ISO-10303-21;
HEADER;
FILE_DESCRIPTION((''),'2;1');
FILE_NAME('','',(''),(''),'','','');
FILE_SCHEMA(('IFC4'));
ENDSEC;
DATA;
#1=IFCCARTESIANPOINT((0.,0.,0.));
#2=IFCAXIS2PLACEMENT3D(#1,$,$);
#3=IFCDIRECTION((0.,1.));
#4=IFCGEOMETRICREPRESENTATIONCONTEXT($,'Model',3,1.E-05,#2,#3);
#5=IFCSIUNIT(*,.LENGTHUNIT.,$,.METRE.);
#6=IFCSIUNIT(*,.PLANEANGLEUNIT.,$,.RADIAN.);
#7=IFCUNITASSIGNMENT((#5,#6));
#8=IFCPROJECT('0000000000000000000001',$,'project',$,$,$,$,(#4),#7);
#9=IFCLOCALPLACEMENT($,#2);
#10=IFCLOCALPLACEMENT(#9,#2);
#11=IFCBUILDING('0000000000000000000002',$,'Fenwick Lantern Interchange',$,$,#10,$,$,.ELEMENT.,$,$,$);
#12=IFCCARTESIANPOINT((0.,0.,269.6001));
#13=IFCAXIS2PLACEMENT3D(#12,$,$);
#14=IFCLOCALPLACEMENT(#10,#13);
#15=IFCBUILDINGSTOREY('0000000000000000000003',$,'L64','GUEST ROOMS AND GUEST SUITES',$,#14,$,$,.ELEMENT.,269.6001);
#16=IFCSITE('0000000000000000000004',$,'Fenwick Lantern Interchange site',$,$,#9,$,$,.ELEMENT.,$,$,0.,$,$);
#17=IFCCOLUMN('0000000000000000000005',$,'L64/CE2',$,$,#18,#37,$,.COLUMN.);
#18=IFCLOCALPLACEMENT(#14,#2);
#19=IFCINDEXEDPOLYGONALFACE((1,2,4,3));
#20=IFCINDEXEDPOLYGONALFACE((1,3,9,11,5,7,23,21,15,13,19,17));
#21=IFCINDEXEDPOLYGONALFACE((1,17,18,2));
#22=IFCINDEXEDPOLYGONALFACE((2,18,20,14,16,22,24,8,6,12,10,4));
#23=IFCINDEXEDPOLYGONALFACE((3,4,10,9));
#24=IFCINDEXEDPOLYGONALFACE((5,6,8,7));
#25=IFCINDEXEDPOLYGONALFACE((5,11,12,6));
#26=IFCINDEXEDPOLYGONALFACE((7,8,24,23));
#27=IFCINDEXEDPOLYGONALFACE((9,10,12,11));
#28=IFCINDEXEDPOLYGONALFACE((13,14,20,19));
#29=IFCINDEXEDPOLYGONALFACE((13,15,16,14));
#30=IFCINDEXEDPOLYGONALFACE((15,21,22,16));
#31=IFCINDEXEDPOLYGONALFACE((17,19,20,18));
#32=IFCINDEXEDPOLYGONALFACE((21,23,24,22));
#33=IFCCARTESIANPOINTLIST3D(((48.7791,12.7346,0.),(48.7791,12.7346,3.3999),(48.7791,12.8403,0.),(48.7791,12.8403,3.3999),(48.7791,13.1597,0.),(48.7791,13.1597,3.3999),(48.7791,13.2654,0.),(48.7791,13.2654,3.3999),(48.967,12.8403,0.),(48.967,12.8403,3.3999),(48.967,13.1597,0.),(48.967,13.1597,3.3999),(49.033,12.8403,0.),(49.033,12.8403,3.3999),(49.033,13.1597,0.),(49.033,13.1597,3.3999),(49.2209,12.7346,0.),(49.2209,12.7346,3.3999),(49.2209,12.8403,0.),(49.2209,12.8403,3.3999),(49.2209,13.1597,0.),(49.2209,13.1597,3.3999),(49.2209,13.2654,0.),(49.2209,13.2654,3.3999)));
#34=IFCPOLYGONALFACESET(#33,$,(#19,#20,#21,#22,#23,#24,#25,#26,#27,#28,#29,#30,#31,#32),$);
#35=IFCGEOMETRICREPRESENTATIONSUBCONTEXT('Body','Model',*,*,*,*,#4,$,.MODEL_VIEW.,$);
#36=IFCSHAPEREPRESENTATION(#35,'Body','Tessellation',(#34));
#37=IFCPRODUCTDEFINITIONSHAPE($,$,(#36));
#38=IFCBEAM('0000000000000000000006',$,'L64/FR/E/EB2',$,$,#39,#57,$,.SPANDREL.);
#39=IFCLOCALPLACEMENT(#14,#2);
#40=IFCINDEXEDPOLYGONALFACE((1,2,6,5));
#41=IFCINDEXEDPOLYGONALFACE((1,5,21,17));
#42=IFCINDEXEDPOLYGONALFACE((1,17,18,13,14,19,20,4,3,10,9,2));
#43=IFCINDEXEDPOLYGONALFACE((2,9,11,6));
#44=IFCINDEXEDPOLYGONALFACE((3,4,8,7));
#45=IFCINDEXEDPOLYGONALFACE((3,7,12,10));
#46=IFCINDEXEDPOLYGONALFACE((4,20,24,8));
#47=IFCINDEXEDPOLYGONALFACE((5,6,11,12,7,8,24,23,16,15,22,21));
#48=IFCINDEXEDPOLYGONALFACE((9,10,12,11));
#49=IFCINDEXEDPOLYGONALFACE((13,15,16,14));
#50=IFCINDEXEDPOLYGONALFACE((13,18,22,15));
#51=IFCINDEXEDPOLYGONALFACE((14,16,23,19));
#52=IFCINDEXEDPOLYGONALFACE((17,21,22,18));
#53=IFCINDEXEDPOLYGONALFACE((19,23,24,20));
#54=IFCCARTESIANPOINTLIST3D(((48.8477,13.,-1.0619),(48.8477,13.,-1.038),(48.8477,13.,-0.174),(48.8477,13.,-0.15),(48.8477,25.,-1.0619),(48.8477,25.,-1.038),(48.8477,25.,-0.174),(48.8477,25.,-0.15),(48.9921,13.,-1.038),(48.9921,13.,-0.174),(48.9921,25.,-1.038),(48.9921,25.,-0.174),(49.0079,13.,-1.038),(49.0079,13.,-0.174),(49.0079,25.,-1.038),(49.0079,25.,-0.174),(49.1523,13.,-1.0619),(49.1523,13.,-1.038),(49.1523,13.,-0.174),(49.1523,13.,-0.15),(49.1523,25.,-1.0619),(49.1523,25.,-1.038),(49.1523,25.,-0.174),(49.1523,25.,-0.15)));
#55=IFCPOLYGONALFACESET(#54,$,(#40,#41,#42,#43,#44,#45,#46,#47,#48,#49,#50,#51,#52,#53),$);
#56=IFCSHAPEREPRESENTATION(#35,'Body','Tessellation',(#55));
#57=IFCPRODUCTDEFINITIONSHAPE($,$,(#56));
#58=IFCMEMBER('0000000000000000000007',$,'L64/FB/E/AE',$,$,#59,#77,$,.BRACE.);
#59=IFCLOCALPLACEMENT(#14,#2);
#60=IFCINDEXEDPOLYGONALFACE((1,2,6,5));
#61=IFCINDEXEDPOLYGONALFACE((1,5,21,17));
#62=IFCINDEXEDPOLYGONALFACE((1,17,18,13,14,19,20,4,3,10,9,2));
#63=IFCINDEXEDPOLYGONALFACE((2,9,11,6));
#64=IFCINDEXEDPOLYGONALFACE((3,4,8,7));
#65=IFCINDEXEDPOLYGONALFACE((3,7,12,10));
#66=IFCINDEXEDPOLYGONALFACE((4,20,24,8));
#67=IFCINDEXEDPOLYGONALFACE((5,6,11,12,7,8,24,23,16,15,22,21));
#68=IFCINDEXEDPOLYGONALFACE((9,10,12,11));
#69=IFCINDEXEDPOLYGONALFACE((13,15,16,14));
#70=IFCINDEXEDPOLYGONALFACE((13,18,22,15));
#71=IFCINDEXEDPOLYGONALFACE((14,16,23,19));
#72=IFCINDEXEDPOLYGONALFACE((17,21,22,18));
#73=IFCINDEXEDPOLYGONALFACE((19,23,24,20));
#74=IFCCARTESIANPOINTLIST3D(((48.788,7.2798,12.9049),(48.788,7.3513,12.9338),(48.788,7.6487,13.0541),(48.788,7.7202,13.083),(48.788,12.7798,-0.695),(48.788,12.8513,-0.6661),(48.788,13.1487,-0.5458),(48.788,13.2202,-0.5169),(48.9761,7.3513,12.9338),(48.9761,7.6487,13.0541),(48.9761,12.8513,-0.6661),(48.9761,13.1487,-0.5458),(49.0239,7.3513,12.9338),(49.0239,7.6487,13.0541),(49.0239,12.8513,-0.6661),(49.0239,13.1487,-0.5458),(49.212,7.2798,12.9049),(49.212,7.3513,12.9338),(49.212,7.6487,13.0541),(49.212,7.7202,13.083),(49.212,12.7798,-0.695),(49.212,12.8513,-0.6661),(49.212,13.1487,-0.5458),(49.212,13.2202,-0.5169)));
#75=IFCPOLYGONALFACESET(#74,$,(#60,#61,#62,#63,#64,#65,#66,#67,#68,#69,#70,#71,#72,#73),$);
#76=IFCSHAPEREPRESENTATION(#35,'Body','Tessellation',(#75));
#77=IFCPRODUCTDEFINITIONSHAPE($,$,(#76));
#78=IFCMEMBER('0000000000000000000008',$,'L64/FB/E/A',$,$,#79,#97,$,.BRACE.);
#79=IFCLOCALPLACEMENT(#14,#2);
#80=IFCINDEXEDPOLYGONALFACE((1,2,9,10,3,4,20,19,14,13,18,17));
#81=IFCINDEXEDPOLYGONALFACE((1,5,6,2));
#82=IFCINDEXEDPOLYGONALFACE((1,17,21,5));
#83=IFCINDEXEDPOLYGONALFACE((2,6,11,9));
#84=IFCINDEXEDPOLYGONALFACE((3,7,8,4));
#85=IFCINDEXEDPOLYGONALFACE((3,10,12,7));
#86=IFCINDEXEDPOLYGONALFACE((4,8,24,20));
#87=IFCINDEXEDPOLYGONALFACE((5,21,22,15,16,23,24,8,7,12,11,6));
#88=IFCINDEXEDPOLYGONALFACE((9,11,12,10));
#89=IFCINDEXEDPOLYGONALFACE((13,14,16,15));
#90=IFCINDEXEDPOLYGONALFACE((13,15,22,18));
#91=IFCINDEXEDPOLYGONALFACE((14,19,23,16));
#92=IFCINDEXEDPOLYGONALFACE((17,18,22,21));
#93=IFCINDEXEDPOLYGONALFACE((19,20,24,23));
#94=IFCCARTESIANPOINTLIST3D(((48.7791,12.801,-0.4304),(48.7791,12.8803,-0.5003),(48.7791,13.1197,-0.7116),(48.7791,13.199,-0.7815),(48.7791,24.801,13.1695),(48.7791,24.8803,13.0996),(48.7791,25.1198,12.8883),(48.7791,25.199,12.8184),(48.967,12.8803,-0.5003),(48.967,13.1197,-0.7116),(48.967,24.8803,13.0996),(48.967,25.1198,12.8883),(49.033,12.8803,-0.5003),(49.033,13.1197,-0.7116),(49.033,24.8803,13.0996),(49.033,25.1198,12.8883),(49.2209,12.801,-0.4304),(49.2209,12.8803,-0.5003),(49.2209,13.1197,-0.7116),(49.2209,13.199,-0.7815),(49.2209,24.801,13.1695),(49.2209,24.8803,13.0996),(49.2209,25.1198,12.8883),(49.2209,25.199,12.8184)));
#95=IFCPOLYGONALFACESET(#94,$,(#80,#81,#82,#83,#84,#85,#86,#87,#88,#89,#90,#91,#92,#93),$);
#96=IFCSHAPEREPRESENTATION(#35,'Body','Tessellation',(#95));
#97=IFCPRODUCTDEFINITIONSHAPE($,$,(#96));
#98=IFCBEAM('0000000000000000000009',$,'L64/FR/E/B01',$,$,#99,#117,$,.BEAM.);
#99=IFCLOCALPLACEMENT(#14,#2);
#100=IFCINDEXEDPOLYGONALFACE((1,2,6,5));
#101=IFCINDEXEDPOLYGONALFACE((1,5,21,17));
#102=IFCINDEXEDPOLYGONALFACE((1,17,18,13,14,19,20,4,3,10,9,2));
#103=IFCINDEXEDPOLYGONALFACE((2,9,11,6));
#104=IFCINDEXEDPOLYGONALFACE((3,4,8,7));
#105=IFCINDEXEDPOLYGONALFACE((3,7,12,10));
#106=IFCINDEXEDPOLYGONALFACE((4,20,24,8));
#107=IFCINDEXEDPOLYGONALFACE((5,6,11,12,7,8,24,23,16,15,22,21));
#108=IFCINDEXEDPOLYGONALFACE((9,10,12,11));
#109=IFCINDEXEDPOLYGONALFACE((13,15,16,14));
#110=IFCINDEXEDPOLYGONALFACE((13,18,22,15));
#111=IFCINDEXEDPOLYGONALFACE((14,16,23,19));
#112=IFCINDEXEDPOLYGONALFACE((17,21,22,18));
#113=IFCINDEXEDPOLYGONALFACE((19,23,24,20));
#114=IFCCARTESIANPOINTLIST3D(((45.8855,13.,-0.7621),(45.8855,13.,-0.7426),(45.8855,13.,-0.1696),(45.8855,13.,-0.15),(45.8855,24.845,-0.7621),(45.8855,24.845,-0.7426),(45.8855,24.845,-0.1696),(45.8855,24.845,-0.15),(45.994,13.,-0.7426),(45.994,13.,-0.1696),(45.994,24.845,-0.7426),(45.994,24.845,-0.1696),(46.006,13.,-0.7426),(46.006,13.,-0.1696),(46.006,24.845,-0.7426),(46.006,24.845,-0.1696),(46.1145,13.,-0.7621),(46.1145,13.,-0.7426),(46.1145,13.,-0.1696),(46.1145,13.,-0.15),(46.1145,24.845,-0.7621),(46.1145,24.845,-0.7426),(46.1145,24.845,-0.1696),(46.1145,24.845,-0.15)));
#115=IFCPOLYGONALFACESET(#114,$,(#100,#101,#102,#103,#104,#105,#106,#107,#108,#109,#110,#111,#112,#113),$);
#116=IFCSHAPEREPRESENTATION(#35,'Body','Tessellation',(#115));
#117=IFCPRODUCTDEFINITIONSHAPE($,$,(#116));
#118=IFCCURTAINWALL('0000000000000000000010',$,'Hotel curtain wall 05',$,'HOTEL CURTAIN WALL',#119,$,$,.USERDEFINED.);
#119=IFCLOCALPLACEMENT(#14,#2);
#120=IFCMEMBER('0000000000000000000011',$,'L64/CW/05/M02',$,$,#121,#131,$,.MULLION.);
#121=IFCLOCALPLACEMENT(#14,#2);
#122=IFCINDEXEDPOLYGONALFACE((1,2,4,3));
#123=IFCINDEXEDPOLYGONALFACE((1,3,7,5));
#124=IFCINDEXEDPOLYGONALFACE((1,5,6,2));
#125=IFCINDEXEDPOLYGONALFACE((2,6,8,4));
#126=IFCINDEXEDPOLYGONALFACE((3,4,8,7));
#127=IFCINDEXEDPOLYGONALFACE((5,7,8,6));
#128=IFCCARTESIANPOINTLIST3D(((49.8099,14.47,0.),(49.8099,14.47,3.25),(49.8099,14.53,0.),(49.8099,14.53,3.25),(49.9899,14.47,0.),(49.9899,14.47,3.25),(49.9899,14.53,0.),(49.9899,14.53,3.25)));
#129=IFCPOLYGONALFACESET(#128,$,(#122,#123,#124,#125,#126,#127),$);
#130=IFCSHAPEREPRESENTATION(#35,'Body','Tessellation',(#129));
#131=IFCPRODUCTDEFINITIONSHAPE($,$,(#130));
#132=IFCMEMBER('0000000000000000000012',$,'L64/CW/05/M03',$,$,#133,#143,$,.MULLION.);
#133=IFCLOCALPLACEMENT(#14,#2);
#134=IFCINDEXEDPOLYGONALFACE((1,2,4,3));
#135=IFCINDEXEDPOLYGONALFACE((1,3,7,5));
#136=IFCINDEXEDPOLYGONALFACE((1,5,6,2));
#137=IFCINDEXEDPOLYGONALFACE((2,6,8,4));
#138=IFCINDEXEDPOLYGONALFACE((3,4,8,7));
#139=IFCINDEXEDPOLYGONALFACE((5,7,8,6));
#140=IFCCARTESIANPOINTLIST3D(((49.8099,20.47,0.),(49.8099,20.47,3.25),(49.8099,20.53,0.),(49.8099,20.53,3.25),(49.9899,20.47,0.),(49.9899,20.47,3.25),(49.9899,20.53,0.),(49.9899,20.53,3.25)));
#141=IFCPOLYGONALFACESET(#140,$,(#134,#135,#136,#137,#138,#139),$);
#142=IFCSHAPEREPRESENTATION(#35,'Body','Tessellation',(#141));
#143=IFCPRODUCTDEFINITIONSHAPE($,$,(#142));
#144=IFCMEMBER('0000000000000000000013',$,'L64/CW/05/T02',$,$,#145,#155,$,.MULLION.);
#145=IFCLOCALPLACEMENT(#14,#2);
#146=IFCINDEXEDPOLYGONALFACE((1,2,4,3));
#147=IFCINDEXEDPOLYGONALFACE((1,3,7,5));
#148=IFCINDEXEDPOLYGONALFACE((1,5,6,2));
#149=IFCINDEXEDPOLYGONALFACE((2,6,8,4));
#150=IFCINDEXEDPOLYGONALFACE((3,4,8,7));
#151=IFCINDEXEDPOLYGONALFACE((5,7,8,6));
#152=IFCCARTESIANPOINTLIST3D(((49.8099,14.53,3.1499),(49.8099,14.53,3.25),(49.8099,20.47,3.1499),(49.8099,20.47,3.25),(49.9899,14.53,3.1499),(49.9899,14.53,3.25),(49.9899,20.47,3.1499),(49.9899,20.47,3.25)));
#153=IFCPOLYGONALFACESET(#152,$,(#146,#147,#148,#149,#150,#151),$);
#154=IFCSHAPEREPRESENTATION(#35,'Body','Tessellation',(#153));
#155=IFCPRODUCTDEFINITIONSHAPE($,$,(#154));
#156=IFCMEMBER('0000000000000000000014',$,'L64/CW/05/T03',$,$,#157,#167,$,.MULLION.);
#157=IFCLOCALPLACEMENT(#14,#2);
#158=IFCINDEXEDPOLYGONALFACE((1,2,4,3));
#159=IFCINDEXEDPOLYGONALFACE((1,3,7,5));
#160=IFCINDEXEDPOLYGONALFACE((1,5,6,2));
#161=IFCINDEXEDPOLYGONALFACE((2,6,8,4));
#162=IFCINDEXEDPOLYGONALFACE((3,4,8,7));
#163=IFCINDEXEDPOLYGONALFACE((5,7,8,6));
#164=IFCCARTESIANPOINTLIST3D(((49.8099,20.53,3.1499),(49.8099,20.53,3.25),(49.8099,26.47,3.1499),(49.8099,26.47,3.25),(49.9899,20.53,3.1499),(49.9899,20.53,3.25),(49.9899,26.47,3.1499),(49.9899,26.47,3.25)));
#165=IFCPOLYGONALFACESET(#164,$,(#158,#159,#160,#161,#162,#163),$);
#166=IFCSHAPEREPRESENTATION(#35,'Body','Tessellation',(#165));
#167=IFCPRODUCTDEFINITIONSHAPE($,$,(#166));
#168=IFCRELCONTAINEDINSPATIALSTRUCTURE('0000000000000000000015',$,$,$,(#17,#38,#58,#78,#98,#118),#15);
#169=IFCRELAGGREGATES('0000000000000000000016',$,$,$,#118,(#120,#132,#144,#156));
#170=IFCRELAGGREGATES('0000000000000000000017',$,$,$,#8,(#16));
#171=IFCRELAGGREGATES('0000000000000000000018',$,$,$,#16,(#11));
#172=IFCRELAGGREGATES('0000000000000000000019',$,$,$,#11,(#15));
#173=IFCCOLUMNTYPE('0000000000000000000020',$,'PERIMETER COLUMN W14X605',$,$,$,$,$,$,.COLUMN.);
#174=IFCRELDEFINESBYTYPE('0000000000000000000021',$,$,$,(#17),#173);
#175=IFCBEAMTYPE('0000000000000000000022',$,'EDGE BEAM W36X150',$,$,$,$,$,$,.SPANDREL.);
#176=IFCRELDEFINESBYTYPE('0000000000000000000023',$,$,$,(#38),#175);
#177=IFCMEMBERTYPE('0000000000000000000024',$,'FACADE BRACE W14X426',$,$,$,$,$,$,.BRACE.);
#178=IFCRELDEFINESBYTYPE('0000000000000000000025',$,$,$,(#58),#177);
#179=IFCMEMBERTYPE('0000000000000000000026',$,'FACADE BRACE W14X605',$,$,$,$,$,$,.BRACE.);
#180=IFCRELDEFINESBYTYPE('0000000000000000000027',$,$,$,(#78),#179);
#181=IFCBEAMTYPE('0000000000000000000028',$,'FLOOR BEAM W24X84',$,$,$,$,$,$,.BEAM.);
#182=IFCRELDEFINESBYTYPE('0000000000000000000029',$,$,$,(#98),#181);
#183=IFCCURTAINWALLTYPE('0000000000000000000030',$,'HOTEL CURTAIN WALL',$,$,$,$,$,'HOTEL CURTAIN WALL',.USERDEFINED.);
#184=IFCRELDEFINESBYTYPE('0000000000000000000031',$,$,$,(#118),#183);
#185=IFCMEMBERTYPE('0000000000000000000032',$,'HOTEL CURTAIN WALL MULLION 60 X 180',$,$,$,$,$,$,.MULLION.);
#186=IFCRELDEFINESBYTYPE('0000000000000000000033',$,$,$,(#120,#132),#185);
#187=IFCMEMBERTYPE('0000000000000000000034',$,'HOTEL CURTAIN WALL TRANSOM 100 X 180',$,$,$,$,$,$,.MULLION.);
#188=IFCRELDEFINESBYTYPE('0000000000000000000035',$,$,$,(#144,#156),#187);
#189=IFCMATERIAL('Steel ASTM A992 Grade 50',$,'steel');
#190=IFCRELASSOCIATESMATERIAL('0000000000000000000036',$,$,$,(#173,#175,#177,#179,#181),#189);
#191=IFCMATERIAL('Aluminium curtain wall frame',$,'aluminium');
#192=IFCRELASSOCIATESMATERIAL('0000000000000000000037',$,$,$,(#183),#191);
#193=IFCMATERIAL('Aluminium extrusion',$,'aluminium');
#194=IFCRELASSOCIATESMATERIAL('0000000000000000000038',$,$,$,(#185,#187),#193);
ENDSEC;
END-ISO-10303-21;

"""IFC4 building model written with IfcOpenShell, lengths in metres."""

from ifc_helpers import new_model, si_unit, direction, frame, origin, origin_2d, place, context, subcontext, project, spatial, rectangle, i_section, extrude, material, material_profile, profile_set, type_object, element, aggregate, save


model = new_model("IFC4")

# Units and contexts
model_context = context("Model", 3, precision=1e-05, world=origin(), true_north=direction((0.0, 1.0)))
body_context = subcontext(model_context, "Body", "Model", "MODEL_VIEW")
ifc_project = project(units=[si_unit("LENGTHUNIT", "METRE"), si_unit("PLANEANGLEUNIT", "RADIAN")], contexts=[model_context])

# Site, building, storey
site_placement = place(None, origin())
site = spatial("IfcSite", under=ifc_project, at=site_placement, Name="Fenwick Lantern Interchange site", CompositionType="ELEMENT", RefElevation=0.0)
building_placement = place(site_placement, origin())
building = spatial("IfcBuilding", under=site, at=building_placement, Name="Fenwick Lantern Interchange", CompositionType="ELEMENT")
storey_placement = place(building_placement, frame((0.0, 0.0, 269.6001)))
storey = spatial("IfcBuildingStorey", under=building, at=storey_placement, Name="L64", Description="GUEST ROOMS AND GUEST SUITES", CompositionType="ELEMENT", Elevation=269.6001)

# Column
ifc_material_1 = material(Name="Steel ASTM A992 Grade 50", Category="steel")
ifc_material_profile_1 = material_profile(ifc_material_1, i_section(OverallWidth=0.4419, OverallDepth=0.5308, WebThickness=0.0659, FlangeThickness=0.1057, at=origin_2d()), Name="W14X605")
ifc_profile_set_1 = profile_set([ifc_material_profile_1], Name="Steel ASTM A992 Grade 50")
column_type = type_object("IfcColumnType", Name="PERIMETER COLUMN W14X605", PredefinedType="COLUMN", material=ifc_profile_set_1)
column_placement = place(storey_placement, frame((49.0, 13.0, 0.0), z_axis=(0.0, 0.0, 1.0), x_axis=(1.0, 0.0, 0.0)))
element("IfcColumn", 1, at=column_placement, inside=storey, type_object=column_type, Name="L64/CE2", PredefinedType="COLUMN", context=body_context, shape_type="SweptSolid", body=[
    extrude(i_section(OverallWidth=0.4419, OverallDepth=0.5308, WebThickness=0.0659, FlangeThickness=0.1057, at=origin_2d()), origin(), (0.0, 0.0, 1.0), 3.3999),
])

# Beam
ifc_material_profile_2 = material_profile(ifc_material_1, i_section(OverallWidth=0.3047, OverallDepth=0.9119, WebThickness=0.0159, FlangeThickness=0.0239, at=origin_2d()), Name="W36X150")
ifc_profile_set_2 = profile_set([ifc_material_profile_2], Name="Steel ASTM A992 Grade 50")
beam_type_1 = type_object("IfcBeamType", Name="EDGE BEAM W36X150", PredefinedType="SPANDREL", material=ifc_profile_set_2)
beam_1_placement = place(storey_placement, frame((49.0, 13.0, -0.606), z_axis=(0.0, 1.0, 0.0), x_axis=(-1.0, 0.0, 0.0)))
element("IfcBeam", 2, at=beam_1_placement, inside=storey, type_object=beam_type_1, Name="L64/FR/E/EB2", PredefinedType="SPANDREL", context=body_context, shape_type="SweptSolid", body=[
    extrude(i_section(OverallWidth=0.3047, OverallDepth=0.9119, WebThickness=0.0159, FlangeThickness=0.0239, at=origin_2d()), origin(), (0.0, 0.0, 1.0), 12.0),
])

# Members
ifc_material_profile_3 = material_profile(ifc_material_1, i_section(OverallWidth=0.4241, OverallDepth=0.4751, WebThickness=0.0479, FlangeThickness=0.0771, at=origin_2d()), Name="W14X426")
ifc_profile_set_3 = profile_set([ifc_material_profile_3], Name="Steel ASTM A992 Grade 50")
member_type_1 = type_object("IfcMemberType", Name="FACADE BRACE W14X426", PredefinedType="BRACE", material=ifc_profile_set_3)
member_1_placement = place(storey_placement, frame((49.0, 13.0, -0.606), z_axis=(0.0, -0.374917, 0.927058), x_axis=(1.0, 0.0, 0.0)))
element("IfcMember", 3, at=member_1_placement, inside=storey, type_object=member_type_1, Name="L64/FB/E/AE", PredefinedType="BRACE", context=body_context, shape_type="SweptSolid", body=[
    extrude(i_section(OverallWidth=0.4241, OverallDepth=0.4751, WebThickness=0.0479, FlangeThickness=0.0771, at=origin_2d()), origin(), (0.0, 0.0, 1.0), 14.6699),
])
ifc_material_profile_4 = material_profile(ifc_material_1, i_section(OverallWidth=0.4419, OverallDepth=0.5308, WebThickness=0.0659, FlangeThickness=0.1057, at=origin_2d()), Name="W14X605")
ifc_profile_set_4 = profile_set([ifc_material_profile_4], Name="Steel ASTM A992 Grade 50")
member_type_2 = type_object("IfcMemberType", Name="FACADE BRACE W14X605", PredefinedType="BRACE", material=ifc_profile_set_4)
member_2_placement = place(storey_placement, frame((49.0, 13.0, -0.606), z_axis=(0.0, 0.661626, 0.749834), x_axis=(-1.0, 0.0, 0.0)))
element("IfcMember", 4, at=member_2_placement, inside=storey, type_object=member_type_2, Name="L64/FB/E/A", PredefinedType="BRACE", context=body_context, shape_type="SweptSolid", body=[
    extrude(i_section(OverallWidth=0.4419, OverallDepth=0.5308, WebThickness=0.0659, FlangeThickness=0.1057, at=origin_2d()), origin(), (0.0, 0.0, 1.0), 18.1372),
])

# Beam
ifc_material_profile_5 = material_profile(ifc_material_1, i_section(OverallWidth=0.229, OverallDepth=0.6121, WebThickness=0.012, FlangeThickness=0.0195, at=origin_2d()), Name="W24X84")
ifc_profile_set_5 = profile_set([ifc_material_profile_5], Name="Steel ASTM A992 Grade 50")
beam_type_2 = type_object("IfcBeamType", Name="FLOOR BEAM W24X84", PredefinedType="BEAM", material=ifc_profile_set_5)
beam_2_placement = place(storey_placement, frame((46.0, 13.0, -0.4561), z_axis=(0.0, 1.0, 0.0), x_axis=(-1.0, 0.0, 0.0)))
element("IfcBeam", 5, at=beam_2_placement, inside=storey, type_object=beam_type_2, Name="L64/FR/E/B01", PredefinedType="BEAM", context=body_context, shape_type="SweptSolid", body=[
    extrude(i_section(OverallWidth=0.229, OverallDepth=0.6121, WebThickness=0.012, FlangeThickness=0.0195, at=origin_2d()), origin(), (0.0, 0.0, 1.0), 11.845),
])

# Curtain wall, members
ifc_material_2 = material(Name="Aluminium curtain wall frame", Category="aluminium")
curtain_wall_type = type_object("IfcCurtainWallType", Name="HOTEL CURTAIN WALL", ElementType="HOTEL CURTAIN WALL", PredefinedType="USERDEFINED", material=ifc_material_2)
curtain_wall_placement = place(storey_placement, origin())
curtain_wall = element("IfcCurtainWall", 6, at=curtain_wall_placement, inside=storey, type_object=curtain_wall_type, Name="Hotel curtain wall 05", ObjectType="HOTEL CURTAIN WALL", PredefinedType="USERDEFINED")
ifc_material_3 = material(Name="Aluminium extrusion", Category="aluminium")
ifc_material_profile_6 = material_profile(ifc_material_3, rectangle(XDim=0.1799, YDim=0.0601, at=origin_2d()), Name="HOTEL CURTAIN WALL MULLION 60 X 180")
ifc_profile_set_6 = profile_set([ifc_material_profile_6], Name="Aluminium extrusion")
member_type_3 = type_object("IfcMemberType", Name="HOTEL CURTAIN WALL MULLION 60 X 180", PredefinedType="MULLION", material=ifc_profile_set_6)
member_3_placement = place(storey_placement, frame((49.8999, 14.5, 0.0), z_axis=(0.0, 0.0, 1.0), x_axis=(-1.0, 0.0, 0.0)))
member_3 = element("IfcMember", 7, at=member_3_placement, type_object=member_type_3, Name="L64/CW/05/M02", PredefinedType="MULLION", context=body_context, shape_type="SweptSolid", body=[
    extrude(rectangle(XDim=0.1799, YDim=0.0601, at=origin_2d()), origin(), (0.0, 0.0, 1.0), 3.25),
])
member_4_placement = place(storey_placement, frame((49.8999, 20.5, 0.0), z_axis=(0.0, 0.0, 1.0), x_axis=(-1.0, 0.0, 0.0)))
member_4 = element("IfcMember", 8, at=member_4_placement, type_object=member_type_3, Name="L64/CW/05/M03", PredefinedType="MULLION", context=body_context, shape_type="SweptSolid", body=[
    extrude(rectangle(XDim=0.1799, YDim=0.0601, at=origin_2d()), origin(), (0.0, 0.0, 1.0), 3.25),
])
ifc_material_profile_7 = material_profile(ifc_material_3, rectangle(XDim=0.1799, YDim=0.1001, at=origin_2d()), Name="HOTEL CURTAIN WALL TRANSOM 100 X 180")
ifc_profile_set_7 = profile_set([ifc_material_profile_7], Name="Aluminium extrusion")
member_type_4 = type_object("IfcMemberType", Name="HOTEL CURTAIN WALL TRANSOM 100 X 180", PredefinedType="MULLION", material=ifc_profile_set_7)
member_5_placement = place(storey_placement, frame((49.8999, 14.53, 3.2), z_axis=(0.0, 1.0, 0.0), x_axis=(-1.0, 0.0, 0.0)))
member_5 = element("IfcMember", 9, at=member_5_placement, type_object=member_type_4, Name="L64/CW/05/T02", PredefinedType="MULLION", context=body_context, shape_type="SweptSolid", body=[
    extrude(rectangle(XDim=0.1799, YDim=0.1001, at=origin_2d()), origin(), (0.0, 0.0, 1.0), 5.9399),
])
member_6_placement = place(storey_placement, frame((49.8999, 20.53, 3.2), z_axis=(0.0, 1.0, 0.0), x_axis=(-1.0, 0.0, 0.0)))
member_6 = element("IfcMember", 10, at=member_6_placement, type_object=member_type_4, Name="L64/CW/05/T03", PredefinedType="MULLION", context=body_context, shape_type="SweptSolid", body=[
    extrude(rectangle(XDim=0.1799, YDim=0.1001, at=origin_2d()), origin(), (0.0, 0.0, 1.0), 5.9399),
])

aggregate(curtain_wall, [member_3, member_4, member_5, member_6])

save(model, "model.ifc")
